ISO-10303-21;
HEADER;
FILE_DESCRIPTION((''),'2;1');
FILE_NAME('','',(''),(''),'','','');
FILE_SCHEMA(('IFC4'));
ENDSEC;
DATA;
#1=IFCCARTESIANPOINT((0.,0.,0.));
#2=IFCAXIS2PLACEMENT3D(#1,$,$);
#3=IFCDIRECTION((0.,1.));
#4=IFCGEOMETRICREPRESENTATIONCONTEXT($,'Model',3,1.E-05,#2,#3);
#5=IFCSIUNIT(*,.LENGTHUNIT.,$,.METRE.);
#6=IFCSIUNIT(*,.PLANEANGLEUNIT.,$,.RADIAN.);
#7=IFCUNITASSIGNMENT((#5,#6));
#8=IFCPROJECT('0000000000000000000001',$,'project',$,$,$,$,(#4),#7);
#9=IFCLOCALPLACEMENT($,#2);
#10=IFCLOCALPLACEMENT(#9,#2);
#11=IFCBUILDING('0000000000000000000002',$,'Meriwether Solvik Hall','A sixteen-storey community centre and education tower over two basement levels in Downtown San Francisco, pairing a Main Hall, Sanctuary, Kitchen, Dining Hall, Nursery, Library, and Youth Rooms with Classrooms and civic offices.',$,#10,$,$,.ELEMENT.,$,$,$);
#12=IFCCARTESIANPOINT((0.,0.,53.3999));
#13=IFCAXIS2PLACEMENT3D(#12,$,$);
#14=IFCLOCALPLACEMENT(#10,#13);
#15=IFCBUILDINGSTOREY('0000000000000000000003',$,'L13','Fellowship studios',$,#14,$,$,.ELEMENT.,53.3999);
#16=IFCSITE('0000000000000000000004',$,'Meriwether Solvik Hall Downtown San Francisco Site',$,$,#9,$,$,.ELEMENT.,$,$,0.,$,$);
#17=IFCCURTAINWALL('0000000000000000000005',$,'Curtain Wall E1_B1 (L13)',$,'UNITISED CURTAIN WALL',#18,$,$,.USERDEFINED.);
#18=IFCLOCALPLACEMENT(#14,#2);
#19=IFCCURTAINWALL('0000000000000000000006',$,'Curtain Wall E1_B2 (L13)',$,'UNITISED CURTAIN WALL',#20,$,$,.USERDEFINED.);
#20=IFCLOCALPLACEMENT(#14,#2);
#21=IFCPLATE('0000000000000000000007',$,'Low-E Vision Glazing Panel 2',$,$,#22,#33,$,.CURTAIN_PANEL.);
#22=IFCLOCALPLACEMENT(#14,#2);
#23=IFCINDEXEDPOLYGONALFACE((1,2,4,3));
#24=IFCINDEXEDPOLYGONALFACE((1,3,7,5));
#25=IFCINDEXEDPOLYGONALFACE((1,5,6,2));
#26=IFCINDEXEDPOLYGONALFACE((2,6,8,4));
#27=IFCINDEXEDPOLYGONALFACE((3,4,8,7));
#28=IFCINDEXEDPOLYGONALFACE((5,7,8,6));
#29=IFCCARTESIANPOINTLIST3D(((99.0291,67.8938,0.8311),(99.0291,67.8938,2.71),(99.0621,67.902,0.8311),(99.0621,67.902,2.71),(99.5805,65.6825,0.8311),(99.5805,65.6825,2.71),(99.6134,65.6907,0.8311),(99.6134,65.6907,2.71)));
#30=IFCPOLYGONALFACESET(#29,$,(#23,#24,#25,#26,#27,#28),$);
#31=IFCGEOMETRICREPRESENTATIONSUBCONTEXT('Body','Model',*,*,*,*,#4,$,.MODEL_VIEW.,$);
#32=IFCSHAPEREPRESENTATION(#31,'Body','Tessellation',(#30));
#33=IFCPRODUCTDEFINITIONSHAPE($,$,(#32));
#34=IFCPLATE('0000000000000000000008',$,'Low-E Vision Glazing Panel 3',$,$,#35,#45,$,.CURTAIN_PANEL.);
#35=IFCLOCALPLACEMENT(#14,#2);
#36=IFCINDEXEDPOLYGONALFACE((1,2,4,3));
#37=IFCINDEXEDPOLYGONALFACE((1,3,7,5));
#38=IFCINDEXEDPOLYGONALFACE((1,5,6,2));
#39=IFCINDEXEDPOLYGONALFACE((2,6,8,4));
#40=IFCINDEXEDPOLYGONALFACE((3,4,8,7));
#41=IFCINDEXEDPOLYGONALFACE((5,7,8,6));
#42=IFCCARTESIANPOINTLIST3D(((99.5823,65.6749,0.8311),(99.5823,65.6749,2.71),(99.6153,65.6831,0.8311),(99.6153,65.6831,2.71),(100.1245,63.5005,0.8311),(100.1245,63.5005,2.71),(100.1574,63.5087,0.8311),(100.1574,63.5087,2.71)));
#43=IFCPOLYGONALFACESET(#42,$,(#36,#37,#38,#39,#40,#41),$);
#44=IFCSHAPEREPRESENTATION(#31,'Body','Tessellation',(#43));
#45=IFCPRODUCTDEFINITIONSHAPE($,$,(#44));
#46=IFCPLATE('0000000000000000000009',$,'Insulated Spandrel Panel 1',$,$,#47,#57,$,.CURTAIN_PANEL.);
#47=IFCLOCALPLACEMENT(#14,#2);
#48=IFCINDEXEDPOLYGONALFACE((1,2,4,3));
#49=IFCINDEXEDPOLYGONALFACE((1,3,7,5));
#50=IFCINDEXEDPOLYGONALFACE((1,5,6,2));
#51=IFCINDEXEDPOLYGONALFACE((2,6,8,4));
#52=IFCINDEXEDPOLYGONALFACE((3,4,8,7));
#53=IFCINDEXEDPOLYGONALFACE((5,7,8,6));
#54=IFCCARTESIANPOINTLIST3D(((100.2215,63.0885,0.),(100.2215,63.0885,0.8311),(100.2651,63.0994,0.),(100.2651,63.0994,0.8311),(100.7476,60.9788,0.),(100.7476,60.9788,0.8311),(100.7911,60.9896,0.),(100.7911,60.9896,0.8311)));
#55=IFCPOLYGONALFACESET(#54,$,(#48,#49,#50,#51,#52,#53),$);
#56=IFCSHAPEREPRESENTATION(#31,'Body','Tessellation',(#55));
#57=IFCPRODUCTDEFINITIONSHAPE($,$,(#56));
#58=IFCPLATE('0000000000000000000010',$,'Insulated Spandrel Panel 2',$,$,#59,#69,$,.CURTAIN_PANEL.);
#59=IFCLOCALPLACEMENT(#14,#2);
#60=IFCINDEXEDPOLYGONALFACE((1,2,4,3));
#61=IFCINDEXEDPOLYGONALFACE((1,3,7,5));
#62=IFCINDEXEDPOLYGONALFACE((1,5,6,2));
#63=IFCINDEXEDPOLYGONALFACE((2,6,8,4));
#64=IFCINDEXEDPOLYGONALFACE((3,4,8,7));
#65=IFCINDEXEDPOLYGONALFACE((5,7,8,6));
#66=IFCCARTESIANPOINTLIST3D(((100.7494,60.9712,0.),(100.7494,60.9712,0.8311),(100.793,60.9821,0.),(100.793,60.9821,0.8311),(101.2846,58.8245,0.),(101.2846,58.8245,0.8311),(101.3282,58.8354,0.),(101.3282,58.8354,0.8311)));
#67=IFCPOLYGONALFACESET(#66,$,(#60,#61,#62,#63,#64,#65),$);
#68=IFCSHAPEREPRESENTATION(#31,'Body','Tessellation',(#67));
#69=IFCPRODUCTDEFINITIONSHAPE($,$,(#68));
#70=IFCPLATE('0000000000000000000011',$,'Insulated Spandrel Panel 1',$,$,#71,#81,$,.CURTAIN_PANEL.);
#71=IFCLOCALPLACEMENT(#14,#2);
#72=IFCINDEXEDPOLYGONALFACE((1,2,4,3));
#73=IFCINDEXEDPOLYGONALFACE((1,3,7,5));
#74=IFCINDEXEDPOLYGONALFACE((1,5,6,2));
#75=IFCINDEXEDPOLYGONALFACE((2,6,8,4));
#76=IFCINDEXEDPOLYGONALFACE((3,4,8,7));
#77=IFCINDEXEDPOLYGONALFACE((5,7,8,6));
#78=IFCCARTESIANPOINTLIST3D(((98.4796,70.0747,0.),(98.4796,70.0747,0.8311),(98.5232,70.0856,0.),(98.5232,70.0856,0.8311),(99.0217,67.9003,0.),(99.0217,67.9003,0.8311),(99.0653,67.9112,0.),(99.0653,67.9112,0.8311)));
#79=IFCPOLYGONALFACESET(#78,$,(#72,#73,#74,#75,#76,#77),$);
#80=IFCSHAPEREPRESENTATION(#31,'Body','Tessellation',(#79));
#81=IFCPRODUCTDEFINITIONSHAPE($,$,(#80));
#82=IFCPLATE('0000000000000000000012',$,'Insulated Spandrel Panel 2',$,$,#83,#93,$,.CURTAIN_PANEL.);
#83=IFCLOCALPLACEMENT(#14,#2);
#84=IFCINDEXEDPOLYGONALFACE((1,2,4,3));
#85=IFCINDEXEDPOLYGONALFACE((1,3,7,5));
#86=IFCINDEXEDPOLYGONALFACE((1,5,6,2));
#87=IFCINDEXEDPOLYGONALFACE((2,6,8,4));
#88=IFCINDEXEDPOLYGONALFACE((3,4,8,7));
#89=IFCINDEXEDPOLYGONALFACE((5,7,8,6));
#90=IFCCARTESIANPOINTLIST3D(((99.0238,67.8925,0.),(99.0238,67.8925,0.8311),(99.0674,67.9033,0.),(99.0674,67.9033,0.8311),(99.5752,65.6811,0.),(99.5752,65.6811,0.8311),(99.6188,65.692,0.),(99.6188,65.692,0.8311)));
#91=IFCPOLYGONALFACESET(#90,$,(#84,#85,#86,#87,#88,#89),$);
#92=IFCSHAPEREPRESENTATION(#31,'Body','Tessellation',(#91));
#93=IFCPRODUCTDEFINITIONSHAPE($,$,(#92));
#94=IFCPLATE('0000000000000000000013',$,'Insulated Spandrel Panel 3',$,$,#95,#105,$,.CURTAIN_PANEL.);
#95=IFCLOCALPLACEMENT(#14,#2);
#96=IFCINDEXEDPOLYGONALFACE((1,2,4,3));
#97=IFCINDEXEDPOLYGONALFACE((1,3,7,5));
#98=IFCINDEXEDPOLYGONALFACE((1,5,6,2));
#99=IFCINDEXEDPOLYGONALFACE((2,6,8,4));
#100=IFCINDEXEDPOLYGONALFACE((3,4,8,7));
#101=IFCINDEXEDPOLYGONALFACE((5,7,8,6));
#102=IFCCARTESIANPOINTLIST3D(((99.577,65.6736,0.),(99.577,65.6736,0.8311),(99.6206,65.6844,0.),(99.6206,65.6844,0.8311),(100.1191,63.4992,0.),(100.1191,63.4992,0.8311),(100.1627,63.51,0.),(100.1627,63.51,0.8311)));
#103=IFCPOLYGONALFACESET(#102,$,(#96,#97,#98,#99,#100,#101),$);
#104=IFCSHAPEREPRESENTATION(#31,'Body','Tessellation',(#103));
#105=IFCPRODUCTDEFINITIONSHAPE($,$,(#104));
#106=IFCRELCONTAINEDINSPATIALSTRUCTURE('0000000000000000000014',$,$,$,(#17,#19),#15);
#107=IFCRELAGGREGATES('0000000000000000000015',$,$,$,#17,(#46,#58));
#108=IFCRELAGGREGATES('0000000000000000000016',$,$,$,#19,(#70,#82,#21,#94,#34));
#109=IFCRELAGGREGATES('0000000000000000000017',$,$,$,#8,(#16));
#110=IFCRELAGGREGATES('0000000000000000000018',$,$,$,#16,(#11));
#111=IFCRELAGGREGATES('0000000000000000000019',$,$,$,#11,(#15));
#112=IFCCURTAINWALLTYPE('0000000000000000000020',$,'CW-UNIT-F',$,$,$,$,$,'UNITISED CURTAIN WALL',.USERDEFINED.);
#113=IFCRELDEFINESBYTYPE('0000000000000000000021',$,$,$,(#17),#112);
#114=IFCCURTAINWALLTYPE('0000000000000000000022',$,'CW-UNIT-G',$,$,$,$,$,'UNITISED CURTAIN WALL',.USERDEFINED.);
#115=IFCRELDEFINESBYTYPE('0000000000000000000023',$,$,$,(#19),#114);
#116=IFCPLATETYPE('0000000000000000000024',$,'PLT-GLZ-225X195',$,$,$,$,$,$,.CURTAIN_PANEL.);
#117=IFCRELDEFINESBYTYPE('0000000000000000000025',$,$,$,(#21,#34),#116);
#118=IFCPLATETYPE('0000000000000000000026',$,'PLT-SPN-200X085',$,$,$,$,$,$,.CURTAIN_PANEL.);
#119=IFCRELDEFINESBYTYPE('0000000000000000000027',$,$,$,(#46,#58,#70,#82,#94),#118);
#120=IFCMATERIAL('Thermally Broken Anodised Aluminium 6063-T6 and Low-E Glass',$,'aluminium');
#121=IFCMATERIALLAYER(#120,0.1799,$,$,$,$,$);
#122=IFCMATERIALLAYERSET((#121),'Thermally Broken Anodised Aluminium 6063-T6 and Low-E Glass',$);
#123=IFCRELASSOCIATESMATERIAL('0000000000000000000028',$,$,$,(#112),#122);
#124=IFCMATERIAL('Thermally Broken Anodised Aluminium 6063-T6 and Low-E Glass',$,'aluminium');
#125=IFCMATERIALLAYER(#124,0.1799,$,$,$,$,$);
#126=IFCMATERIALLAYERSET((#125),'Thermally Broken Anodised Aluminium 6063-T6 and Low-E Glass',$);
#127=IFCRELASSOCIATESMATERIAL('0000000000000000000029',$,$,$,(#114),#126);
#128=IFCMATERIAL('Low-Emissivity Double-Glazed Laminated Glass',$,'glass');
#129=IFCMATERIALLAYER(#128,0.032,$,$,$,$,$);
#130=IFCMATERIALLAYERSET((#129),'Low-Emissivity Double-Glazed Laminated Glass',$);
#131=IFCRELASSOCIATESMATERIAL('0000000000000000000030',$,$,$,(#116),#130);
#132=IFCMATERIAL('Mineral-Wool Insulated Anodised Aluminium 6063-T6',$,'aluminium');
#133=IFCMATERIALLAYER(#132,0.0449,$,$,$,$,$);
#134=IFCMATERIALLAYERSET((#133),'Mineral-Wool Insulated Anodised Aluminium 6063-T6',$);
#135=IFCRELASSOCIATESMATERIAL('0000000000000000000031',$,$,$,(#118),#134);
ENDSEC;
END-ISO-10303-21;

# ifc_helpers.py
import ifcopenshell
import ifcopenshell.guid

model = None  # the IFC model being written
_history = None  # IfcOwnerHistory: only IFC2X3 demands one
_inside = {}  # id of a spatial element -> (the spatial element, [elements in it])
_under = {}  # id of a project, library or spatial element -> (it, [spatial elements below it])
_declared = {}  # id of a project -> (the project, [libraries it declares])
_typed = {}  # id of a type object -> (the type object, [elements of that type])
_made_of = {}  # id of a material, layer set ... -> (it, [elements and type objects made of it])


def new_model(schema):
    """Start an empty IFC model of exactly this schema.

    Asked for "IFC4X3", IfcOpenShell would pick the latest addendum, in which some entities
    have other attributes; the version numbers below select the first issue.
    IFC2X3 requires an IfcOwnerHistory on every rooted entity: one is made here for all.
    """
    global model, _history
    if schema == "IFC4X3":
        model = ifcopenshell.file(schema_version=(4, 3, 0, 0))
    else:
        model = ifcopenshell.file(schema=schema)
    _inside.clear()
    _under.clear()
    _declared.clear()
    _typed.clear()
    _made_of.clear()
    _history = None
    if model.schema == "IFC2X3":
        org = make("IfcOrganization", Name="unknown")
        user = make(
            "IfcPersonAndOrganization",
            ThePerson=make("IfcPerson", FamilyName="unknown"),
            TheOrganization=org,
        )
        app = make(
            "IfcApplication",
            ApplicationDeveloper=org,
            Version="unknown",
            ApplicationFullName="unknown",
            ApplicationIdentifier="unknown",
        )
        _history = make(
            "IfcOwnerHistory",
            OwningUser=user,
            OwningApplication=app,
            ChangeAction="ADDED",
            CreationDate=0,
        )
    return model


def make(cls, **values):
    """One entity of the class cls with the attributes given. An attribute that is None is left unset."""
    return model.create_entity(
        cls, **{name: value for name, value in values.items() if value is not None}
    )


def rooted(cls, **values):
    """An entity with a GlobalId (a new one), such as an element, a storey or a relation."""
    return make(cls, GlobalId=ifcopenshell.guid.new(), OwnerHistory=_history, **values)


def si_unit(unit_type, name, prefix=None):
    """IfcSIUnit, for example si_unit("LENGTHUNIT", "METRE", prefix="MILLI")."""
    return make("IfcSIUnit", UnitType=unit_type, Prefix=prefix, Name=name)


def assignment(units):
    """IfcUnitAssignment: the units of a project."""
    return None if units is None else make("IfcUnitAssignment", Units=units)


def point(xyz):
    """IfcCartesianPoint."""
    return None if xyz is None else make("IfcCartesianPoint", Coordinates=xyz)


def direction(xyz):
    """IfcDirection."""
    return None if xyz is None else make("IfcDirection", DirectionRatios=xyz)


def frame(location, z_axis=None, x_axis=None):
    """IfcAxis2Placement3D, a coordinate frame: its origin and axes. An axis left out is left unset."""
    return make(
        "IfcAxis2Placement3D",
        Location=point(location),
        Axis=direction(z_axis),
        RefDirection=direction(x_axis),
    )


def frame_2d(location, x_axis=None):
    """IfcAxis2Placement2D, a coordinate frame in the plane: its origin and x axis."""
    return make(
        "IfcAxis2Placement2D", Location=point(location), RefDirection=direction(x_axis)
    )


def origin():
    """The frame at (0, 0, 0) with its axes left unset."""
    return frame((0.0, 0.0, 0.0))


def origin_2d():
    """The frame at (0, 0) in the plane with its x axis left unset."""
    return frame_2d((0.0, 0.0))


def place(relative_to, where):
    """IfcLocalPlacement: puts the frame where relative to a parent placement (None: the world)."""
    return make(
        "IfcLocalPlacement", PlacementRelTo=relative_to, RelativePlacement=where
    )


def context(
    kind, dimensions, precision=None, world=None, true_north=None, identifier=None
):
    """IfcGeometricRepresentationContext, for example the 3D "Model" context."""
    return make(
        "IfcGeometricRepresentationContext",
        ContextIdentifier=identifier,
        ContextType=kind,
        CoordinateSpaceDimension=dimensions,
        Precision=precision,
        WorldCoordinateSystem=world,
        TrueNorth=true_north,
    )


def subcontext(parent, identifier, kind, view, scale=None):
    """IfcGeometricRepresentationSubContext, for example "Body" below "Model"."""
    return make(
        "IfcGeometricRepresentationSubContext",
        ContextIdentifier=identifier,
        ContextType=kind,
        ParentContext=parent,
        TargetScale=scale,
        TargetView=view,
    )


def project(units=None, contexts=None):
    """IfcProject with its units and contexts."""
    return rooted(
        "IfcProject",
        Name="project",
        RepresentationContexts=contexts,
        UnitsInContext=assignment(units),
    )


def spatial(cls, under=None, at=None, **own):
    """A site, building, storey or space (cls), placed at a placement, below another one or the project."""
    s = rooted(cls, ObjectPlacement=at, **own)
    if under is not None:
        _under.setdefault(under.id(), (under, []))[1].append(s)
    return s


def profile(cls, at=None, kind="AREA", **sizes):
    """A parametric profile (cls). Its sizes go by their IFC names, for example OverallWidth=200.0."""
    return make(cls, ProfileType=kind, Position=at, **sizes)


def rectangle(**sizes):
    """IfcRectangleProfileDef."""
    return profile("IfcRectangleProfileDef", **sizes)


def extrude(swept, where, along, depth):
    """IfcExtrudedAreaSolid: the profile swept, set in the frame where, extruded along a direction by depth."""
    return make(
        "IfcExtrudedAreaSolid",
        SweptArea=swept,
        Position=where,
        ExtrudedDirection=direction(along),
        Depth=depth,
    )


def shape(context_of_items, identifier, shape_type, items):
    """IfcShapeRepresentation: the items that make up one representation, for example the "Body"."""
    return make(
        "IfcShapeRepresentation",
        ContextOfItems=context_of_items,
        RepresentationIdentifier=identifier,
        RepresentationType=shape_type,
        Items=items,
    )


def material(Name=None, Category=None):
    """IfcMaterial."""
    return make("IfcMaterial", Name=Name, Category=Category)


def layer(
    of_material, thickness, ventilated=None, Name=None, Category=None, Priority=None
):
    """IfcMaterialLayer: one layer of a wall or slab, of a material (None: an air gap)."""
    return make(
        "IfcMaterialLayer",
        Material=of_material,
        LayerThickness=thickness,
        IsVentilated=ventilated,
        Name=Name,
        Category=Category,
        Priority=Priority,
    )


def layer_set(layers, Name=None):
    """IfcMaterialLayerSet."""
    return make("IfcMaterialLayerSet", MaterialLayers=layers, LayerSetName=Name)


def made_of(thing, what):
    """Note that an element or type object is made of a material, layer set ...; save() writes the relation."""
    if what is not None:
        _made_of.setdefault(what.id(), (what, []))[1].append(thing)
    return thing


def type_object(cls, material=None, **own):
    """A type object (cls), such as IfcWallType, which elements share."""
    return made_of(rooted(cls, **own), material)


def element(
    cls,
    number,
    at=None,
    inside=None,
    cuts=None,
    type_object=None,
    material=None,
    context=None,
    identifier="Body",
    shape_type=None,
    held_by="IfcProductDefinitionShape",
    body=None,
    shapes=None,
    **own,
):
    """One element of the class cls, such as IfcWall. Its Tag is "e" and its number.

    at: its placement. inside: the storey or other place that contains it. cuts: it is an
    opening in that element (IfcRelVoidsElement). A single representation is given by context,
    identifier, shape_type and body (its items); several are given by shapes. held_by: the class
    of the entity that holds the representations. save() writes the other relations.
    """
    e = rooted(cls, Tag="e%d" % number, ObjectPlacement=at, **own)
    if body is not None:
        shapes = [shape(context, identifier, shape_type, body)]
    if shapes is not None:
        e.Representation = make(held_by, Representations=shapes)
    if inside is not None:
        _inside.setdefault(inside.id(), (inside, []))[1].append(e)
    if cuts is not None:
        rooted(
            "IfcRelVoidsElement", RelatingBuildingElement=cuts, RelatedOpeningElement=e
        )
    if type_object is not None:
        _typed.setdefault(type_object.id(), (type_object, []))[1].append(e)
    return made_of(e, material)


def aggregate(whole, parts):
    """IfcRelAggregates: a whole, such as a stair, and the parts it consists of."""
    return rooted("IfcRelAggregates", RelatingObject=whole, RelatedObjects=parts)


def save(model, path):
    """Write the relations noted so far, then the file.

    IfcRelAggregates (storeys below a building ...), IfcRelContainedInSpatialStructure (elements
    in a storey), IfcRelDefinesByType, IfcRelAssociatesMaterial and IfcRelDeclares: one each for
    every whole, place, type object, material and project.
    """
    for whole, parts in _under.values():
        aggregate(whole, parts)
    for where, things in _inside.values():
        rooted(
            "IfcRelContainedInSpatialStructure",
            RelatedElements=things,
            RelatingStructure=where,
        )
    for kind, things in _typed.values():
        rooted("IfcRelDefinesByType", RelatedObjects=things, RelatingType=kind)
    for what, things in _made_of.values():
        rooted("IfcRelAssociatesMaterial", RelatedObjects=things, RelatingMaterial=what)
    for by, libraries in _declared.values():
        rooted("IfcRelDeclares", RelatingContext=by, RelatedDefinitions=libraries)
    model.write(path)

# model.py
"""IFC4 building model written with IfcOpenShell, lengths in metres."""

from ifc_helpers import new_model, si_unit, direction, frame, origin, origin_2d, place, context, subcontext, project, spatial, rectangle, extrude, material, layer, layer_set, type_object, element, aggregate, save


model = new_model("IFC4")

# Units and contexts
model_context = context("Model", 3, precision=1e-05, world=origin(), true_north=direction((0.0, 1.0)))
body_context = subcontext(model_context, "Body", "Model", "MODEL_VIEW")
ifc_project = project(units=[si_unit("LENGTHUNIT", "METRE"), si_unit("PLANEANGLEUNIT", "RADIAN")], contexts=[model_context])

# Site, building, storey
site_placement = place(None, origin())
site = spatial("IfcSite", under=ifc_project, at=site_placement, Name="Meriwether Solvik Hall Downtown San Francisco Site", CompositionType="ELEMENT", RefElevation=0.0)
building_placement = place(site_placement, origin())
building = spatial("IfcBuilding", under=site, at=building_placement, Name="Meriwether Solvik Hall", Description="A sixteen-storey community centre and education tower over two basement levels in Downtown San Francisco, pairing a Main Hall, Sanctuary, Kitchen, Dining Hall, Nursery, Library, and Youth Rooms with Classrooms and civic offices.", CompositionType="ELEMENT")
storey_placement = place(building_placement, frame((0.0, 0.0, 53.3999)))
storey = spatial("IfcBuildingStorey", under=building, at=storey_placement, Name="L13", Description="Fellowship studios", CompositionType="ELEMENT", Elevation=53.3999)

# Curtain walls
ifc_material_1 = material(Name="Thermally Broken Anodised Aluminium 6063-T6 and Low-E Glass", Category="aluminium")
ifc_layer_1 = layer(ifc_material_1, 0.1799)
ifc_layer_set_1 = layer_set([ifc_layer_1], Name="Thermally Broken Anodised Aluminium 6063-T6 and Low-E Glass")
curtain_wall_type_1 = type_object("IfcCurtainWallType", Name="CW-UNIT-F", ElementType="UNITISED CURTAIN WALL", PredefinedType="USERDEFINED", material=ifc_layer_set_1)
curtain_wall_1_placement = place(storey_placement, origin())
curtain_wall_1 = element("IfcCurtainWall", 1, at=curtain_wall_1_placement, inside=storey, type_object=curtain_wall_type_1, Name="Curtain Wall E1_B1 (L13)", ObjectType="UNITISED CURTAIN WALL", PredefinedType="USERDEFINED")
ifc_material_2 = material(Name="Thermally Broken Anodised Aluminium 6063-T6 and Low-E Glass", Category="aluminium")
ifc_layer_2 = layer(ifc_material_2, 0.1799)
ifc_layer_set_2 = layer_set([ifc_layer_2], Name="Thermally Broken Anodised Aluminium 6063-T6 and Low-E Glass")
curtain_wall_type_2 = type_object("IfcCurtainWallType", Name="CW-UNIT-G", ElementType="UNITISED CURTAIN WALL", PredefinedType="USERDEFINED", material=ifc_layer_set_2)
curtain_wall_2_placement = place(storey_placement, origin())
curtain_wall_2 = element("IfcCurtainWall", 2, at=curtain_wall_2_placement, inside=storey, type_object=curtain_wall_type_2, Name="Curtain Wall E1_B2 (L13)", ObjectType="UNITISED CURTAIN WALL", PredefinedType="USERDEFINED")

# Plates
ifc_material_3 = material(Name="Low-Emissivity Double-Glazed Laminated Glass", Category="glass")
ifc_layer_3 = layer(ifc_material_3, 0.032)
ifc_layer_set_3 = layer_set([ifc_layer_3], Name="Low-Emissivity Double-Glazed Laminated Glass")
plate_type_1 = type_object("IfcPlateType", Name="PLT-GLZ-225X195", PredefinedType="CURTAIN_PANEL", material=ifc_layer_set_3)
plate_1_placement = place(storey_placement, frame((99.3213, 66.7922, 0.8311), z_axis=(0.0, 0.0, 1.0), x_axis=(0.241922, -0.970296, 0.0)))
plate_1 = element("IfcPlate", 3, at=plate_1_placement, type_object=plate_type_1, Name="Low-E Vision Glazing Panel 2", PredefinedType="CURTAIN_PANEL", context=body_context, shape_type="SweptSolid", body=[
    extrude(rectangle(XDim=2.2791, YDim=0.0339, at=origin_2d()), origin(), (0.0, 0.0, 1.0), 1.8789),
])
plate_2_placement = place(storey_placement, frame((99.8699, 64.5918, 0.8311), z_axis=(0.0, 0.0, 1.0), x_axis=(0.241922, -0.970296, 0.0)))
plate_2 = element("IfcPlate", 4, at=plate_2_placement, type_object=plate_type_1, Name="Low-E Vision Glazing Panel 3", PredefinedType="CURTAIN_PANEL", context=body_context, shape_type="SweptSolid", body=[
    extrude(rectangle(XDim=2.241, YDim=0.0339, at=origin_2d()), origin(), (0.0, 0.0, 1.0), 1.8789),
])
ifc_material_4 = material(Name="Mineral-Wool Insulated Anodised Aluminium 6063-T6", Category="aluminium")
ifc_layer_4 = layer(ifc_material_4, 0.0449)
ifc_layer_set_4 = layer_set([ifc_layer_4], Name="Mineral-Wool Insulated Anodised Aluminium 6063-T6")
plate_type_2 = type_object("IfcPlateType", Name="PLT-SPN-200X085", PredefinedType="CURTAIN_PANEL", material=ifc_layer_set_4)
plate_3_placement = place(storey_placement, frame((100.5063, 62.0391, 0.0), z_axis=(0.0, 0.0, 1.0), x_axis=(0.241922, -0.970296, 0.0)))
plate_3 = element("IfcPlate", 5, at=plate_3_placement, type_object=plate_type_2, Name="Insulated Spandrel Panel 1", PredefinedType="CURTAIN_PANEL", context=body_context, shape_type="SweptSolid", body=[
    extrude(rectangle(XDim=2.1743, YDim=0.0449, at=origin_2d()), origin(), (0.0, 0.0, 1.0), 0.8311),
])
plate_4_placement = place(storey_placement, frame((101.0388, 59.9033, 0.0), z_axis=(0.0, 0.0, 1.0), x_axis=(0.241922, -0.970296, 0.0)))
plate_4 = element("IfcPlate", 6, at=plate_4_placement, type_object=plate_type_2, Name="Insulated Spandrel Panel 2", PredefinedType="CURTAIN_PANEL", context=body_context, shape_type="SweptSolid", body=[
    extrude(rectangle(XDim=2.2124, YDim=0.0449, at=origin_2d()), origin(), (0.0, 0.0, 1.0), 0.8311),
])
aggregate(curtain_wall_1, [plate_3, plate_4])
plate_5_placement = place(storey_placement, frame((98.7725, 68.9929, 0.0), z_axis=(0.0, 0.0, 1.0), x_axis=(0.241922, -0.970296, 0.0)))
plate_5 = element("IfcPlate", 7, at=plate_5_placement, type_object=plate_type_2, Name="Insulated Spandrel Panel 1", PredefinedType="CURTAIN_PANEL", context=body_context, shape_type="SweptSolid", body=[
    extrude(rectangle(XDim=2.241, YDim=0.0449, at=origin_2d()), origin(), (0.0, 0.0, 1.0), 0.8311),
])
plate_6_placement = place(storey_placement, frame((99.3213, 66.7922, 0.0), z_axis=(0.0, 0.0, 1.0), x_axis=(0.241922, -0.970296, 0.0)))
plate_6 = element("IfcPlate", 8, at=plate_6_placement, type_object=plate_type_2, Name="Insulated Spandrel Panel 2", PredefinedType="CURTAIN_PANEL", context=body_context, shape_type="SweptSolid", body=[
    extrude(rectangle(XDim=2.2791, YDim=0.0449, at=origin_2d()), origin(), (0.0, 0.0, 1.0), 0.8311),
])
plate_7_placement = place(storey_placement, frame((99.8699, 64.5918, 0.0), z_axis=(0.0, 0.0, 1.0), x_axis=(0.241922, -0.970296, 0.0)))
plate_7 = element("IfcPlate", 9, at=plate_7_placement, type_object=plate_type_2, Name="Insulated Spandrel Panel 3", PredefinedType="CURTAIN_PANEL", context=body_context, shape_type="SweptSolid", body=[
    extrude(rectangle(XDim=2.241, YDim=0.0449, at=origin_2d()), origin(), (0.0, 0.0, 1.0), 0.8311),
])
aggregate(curtain_wall_2, [plate_5, plate_6, plate_1, plate_7, plate_2])

save(model, "model.ifc")
